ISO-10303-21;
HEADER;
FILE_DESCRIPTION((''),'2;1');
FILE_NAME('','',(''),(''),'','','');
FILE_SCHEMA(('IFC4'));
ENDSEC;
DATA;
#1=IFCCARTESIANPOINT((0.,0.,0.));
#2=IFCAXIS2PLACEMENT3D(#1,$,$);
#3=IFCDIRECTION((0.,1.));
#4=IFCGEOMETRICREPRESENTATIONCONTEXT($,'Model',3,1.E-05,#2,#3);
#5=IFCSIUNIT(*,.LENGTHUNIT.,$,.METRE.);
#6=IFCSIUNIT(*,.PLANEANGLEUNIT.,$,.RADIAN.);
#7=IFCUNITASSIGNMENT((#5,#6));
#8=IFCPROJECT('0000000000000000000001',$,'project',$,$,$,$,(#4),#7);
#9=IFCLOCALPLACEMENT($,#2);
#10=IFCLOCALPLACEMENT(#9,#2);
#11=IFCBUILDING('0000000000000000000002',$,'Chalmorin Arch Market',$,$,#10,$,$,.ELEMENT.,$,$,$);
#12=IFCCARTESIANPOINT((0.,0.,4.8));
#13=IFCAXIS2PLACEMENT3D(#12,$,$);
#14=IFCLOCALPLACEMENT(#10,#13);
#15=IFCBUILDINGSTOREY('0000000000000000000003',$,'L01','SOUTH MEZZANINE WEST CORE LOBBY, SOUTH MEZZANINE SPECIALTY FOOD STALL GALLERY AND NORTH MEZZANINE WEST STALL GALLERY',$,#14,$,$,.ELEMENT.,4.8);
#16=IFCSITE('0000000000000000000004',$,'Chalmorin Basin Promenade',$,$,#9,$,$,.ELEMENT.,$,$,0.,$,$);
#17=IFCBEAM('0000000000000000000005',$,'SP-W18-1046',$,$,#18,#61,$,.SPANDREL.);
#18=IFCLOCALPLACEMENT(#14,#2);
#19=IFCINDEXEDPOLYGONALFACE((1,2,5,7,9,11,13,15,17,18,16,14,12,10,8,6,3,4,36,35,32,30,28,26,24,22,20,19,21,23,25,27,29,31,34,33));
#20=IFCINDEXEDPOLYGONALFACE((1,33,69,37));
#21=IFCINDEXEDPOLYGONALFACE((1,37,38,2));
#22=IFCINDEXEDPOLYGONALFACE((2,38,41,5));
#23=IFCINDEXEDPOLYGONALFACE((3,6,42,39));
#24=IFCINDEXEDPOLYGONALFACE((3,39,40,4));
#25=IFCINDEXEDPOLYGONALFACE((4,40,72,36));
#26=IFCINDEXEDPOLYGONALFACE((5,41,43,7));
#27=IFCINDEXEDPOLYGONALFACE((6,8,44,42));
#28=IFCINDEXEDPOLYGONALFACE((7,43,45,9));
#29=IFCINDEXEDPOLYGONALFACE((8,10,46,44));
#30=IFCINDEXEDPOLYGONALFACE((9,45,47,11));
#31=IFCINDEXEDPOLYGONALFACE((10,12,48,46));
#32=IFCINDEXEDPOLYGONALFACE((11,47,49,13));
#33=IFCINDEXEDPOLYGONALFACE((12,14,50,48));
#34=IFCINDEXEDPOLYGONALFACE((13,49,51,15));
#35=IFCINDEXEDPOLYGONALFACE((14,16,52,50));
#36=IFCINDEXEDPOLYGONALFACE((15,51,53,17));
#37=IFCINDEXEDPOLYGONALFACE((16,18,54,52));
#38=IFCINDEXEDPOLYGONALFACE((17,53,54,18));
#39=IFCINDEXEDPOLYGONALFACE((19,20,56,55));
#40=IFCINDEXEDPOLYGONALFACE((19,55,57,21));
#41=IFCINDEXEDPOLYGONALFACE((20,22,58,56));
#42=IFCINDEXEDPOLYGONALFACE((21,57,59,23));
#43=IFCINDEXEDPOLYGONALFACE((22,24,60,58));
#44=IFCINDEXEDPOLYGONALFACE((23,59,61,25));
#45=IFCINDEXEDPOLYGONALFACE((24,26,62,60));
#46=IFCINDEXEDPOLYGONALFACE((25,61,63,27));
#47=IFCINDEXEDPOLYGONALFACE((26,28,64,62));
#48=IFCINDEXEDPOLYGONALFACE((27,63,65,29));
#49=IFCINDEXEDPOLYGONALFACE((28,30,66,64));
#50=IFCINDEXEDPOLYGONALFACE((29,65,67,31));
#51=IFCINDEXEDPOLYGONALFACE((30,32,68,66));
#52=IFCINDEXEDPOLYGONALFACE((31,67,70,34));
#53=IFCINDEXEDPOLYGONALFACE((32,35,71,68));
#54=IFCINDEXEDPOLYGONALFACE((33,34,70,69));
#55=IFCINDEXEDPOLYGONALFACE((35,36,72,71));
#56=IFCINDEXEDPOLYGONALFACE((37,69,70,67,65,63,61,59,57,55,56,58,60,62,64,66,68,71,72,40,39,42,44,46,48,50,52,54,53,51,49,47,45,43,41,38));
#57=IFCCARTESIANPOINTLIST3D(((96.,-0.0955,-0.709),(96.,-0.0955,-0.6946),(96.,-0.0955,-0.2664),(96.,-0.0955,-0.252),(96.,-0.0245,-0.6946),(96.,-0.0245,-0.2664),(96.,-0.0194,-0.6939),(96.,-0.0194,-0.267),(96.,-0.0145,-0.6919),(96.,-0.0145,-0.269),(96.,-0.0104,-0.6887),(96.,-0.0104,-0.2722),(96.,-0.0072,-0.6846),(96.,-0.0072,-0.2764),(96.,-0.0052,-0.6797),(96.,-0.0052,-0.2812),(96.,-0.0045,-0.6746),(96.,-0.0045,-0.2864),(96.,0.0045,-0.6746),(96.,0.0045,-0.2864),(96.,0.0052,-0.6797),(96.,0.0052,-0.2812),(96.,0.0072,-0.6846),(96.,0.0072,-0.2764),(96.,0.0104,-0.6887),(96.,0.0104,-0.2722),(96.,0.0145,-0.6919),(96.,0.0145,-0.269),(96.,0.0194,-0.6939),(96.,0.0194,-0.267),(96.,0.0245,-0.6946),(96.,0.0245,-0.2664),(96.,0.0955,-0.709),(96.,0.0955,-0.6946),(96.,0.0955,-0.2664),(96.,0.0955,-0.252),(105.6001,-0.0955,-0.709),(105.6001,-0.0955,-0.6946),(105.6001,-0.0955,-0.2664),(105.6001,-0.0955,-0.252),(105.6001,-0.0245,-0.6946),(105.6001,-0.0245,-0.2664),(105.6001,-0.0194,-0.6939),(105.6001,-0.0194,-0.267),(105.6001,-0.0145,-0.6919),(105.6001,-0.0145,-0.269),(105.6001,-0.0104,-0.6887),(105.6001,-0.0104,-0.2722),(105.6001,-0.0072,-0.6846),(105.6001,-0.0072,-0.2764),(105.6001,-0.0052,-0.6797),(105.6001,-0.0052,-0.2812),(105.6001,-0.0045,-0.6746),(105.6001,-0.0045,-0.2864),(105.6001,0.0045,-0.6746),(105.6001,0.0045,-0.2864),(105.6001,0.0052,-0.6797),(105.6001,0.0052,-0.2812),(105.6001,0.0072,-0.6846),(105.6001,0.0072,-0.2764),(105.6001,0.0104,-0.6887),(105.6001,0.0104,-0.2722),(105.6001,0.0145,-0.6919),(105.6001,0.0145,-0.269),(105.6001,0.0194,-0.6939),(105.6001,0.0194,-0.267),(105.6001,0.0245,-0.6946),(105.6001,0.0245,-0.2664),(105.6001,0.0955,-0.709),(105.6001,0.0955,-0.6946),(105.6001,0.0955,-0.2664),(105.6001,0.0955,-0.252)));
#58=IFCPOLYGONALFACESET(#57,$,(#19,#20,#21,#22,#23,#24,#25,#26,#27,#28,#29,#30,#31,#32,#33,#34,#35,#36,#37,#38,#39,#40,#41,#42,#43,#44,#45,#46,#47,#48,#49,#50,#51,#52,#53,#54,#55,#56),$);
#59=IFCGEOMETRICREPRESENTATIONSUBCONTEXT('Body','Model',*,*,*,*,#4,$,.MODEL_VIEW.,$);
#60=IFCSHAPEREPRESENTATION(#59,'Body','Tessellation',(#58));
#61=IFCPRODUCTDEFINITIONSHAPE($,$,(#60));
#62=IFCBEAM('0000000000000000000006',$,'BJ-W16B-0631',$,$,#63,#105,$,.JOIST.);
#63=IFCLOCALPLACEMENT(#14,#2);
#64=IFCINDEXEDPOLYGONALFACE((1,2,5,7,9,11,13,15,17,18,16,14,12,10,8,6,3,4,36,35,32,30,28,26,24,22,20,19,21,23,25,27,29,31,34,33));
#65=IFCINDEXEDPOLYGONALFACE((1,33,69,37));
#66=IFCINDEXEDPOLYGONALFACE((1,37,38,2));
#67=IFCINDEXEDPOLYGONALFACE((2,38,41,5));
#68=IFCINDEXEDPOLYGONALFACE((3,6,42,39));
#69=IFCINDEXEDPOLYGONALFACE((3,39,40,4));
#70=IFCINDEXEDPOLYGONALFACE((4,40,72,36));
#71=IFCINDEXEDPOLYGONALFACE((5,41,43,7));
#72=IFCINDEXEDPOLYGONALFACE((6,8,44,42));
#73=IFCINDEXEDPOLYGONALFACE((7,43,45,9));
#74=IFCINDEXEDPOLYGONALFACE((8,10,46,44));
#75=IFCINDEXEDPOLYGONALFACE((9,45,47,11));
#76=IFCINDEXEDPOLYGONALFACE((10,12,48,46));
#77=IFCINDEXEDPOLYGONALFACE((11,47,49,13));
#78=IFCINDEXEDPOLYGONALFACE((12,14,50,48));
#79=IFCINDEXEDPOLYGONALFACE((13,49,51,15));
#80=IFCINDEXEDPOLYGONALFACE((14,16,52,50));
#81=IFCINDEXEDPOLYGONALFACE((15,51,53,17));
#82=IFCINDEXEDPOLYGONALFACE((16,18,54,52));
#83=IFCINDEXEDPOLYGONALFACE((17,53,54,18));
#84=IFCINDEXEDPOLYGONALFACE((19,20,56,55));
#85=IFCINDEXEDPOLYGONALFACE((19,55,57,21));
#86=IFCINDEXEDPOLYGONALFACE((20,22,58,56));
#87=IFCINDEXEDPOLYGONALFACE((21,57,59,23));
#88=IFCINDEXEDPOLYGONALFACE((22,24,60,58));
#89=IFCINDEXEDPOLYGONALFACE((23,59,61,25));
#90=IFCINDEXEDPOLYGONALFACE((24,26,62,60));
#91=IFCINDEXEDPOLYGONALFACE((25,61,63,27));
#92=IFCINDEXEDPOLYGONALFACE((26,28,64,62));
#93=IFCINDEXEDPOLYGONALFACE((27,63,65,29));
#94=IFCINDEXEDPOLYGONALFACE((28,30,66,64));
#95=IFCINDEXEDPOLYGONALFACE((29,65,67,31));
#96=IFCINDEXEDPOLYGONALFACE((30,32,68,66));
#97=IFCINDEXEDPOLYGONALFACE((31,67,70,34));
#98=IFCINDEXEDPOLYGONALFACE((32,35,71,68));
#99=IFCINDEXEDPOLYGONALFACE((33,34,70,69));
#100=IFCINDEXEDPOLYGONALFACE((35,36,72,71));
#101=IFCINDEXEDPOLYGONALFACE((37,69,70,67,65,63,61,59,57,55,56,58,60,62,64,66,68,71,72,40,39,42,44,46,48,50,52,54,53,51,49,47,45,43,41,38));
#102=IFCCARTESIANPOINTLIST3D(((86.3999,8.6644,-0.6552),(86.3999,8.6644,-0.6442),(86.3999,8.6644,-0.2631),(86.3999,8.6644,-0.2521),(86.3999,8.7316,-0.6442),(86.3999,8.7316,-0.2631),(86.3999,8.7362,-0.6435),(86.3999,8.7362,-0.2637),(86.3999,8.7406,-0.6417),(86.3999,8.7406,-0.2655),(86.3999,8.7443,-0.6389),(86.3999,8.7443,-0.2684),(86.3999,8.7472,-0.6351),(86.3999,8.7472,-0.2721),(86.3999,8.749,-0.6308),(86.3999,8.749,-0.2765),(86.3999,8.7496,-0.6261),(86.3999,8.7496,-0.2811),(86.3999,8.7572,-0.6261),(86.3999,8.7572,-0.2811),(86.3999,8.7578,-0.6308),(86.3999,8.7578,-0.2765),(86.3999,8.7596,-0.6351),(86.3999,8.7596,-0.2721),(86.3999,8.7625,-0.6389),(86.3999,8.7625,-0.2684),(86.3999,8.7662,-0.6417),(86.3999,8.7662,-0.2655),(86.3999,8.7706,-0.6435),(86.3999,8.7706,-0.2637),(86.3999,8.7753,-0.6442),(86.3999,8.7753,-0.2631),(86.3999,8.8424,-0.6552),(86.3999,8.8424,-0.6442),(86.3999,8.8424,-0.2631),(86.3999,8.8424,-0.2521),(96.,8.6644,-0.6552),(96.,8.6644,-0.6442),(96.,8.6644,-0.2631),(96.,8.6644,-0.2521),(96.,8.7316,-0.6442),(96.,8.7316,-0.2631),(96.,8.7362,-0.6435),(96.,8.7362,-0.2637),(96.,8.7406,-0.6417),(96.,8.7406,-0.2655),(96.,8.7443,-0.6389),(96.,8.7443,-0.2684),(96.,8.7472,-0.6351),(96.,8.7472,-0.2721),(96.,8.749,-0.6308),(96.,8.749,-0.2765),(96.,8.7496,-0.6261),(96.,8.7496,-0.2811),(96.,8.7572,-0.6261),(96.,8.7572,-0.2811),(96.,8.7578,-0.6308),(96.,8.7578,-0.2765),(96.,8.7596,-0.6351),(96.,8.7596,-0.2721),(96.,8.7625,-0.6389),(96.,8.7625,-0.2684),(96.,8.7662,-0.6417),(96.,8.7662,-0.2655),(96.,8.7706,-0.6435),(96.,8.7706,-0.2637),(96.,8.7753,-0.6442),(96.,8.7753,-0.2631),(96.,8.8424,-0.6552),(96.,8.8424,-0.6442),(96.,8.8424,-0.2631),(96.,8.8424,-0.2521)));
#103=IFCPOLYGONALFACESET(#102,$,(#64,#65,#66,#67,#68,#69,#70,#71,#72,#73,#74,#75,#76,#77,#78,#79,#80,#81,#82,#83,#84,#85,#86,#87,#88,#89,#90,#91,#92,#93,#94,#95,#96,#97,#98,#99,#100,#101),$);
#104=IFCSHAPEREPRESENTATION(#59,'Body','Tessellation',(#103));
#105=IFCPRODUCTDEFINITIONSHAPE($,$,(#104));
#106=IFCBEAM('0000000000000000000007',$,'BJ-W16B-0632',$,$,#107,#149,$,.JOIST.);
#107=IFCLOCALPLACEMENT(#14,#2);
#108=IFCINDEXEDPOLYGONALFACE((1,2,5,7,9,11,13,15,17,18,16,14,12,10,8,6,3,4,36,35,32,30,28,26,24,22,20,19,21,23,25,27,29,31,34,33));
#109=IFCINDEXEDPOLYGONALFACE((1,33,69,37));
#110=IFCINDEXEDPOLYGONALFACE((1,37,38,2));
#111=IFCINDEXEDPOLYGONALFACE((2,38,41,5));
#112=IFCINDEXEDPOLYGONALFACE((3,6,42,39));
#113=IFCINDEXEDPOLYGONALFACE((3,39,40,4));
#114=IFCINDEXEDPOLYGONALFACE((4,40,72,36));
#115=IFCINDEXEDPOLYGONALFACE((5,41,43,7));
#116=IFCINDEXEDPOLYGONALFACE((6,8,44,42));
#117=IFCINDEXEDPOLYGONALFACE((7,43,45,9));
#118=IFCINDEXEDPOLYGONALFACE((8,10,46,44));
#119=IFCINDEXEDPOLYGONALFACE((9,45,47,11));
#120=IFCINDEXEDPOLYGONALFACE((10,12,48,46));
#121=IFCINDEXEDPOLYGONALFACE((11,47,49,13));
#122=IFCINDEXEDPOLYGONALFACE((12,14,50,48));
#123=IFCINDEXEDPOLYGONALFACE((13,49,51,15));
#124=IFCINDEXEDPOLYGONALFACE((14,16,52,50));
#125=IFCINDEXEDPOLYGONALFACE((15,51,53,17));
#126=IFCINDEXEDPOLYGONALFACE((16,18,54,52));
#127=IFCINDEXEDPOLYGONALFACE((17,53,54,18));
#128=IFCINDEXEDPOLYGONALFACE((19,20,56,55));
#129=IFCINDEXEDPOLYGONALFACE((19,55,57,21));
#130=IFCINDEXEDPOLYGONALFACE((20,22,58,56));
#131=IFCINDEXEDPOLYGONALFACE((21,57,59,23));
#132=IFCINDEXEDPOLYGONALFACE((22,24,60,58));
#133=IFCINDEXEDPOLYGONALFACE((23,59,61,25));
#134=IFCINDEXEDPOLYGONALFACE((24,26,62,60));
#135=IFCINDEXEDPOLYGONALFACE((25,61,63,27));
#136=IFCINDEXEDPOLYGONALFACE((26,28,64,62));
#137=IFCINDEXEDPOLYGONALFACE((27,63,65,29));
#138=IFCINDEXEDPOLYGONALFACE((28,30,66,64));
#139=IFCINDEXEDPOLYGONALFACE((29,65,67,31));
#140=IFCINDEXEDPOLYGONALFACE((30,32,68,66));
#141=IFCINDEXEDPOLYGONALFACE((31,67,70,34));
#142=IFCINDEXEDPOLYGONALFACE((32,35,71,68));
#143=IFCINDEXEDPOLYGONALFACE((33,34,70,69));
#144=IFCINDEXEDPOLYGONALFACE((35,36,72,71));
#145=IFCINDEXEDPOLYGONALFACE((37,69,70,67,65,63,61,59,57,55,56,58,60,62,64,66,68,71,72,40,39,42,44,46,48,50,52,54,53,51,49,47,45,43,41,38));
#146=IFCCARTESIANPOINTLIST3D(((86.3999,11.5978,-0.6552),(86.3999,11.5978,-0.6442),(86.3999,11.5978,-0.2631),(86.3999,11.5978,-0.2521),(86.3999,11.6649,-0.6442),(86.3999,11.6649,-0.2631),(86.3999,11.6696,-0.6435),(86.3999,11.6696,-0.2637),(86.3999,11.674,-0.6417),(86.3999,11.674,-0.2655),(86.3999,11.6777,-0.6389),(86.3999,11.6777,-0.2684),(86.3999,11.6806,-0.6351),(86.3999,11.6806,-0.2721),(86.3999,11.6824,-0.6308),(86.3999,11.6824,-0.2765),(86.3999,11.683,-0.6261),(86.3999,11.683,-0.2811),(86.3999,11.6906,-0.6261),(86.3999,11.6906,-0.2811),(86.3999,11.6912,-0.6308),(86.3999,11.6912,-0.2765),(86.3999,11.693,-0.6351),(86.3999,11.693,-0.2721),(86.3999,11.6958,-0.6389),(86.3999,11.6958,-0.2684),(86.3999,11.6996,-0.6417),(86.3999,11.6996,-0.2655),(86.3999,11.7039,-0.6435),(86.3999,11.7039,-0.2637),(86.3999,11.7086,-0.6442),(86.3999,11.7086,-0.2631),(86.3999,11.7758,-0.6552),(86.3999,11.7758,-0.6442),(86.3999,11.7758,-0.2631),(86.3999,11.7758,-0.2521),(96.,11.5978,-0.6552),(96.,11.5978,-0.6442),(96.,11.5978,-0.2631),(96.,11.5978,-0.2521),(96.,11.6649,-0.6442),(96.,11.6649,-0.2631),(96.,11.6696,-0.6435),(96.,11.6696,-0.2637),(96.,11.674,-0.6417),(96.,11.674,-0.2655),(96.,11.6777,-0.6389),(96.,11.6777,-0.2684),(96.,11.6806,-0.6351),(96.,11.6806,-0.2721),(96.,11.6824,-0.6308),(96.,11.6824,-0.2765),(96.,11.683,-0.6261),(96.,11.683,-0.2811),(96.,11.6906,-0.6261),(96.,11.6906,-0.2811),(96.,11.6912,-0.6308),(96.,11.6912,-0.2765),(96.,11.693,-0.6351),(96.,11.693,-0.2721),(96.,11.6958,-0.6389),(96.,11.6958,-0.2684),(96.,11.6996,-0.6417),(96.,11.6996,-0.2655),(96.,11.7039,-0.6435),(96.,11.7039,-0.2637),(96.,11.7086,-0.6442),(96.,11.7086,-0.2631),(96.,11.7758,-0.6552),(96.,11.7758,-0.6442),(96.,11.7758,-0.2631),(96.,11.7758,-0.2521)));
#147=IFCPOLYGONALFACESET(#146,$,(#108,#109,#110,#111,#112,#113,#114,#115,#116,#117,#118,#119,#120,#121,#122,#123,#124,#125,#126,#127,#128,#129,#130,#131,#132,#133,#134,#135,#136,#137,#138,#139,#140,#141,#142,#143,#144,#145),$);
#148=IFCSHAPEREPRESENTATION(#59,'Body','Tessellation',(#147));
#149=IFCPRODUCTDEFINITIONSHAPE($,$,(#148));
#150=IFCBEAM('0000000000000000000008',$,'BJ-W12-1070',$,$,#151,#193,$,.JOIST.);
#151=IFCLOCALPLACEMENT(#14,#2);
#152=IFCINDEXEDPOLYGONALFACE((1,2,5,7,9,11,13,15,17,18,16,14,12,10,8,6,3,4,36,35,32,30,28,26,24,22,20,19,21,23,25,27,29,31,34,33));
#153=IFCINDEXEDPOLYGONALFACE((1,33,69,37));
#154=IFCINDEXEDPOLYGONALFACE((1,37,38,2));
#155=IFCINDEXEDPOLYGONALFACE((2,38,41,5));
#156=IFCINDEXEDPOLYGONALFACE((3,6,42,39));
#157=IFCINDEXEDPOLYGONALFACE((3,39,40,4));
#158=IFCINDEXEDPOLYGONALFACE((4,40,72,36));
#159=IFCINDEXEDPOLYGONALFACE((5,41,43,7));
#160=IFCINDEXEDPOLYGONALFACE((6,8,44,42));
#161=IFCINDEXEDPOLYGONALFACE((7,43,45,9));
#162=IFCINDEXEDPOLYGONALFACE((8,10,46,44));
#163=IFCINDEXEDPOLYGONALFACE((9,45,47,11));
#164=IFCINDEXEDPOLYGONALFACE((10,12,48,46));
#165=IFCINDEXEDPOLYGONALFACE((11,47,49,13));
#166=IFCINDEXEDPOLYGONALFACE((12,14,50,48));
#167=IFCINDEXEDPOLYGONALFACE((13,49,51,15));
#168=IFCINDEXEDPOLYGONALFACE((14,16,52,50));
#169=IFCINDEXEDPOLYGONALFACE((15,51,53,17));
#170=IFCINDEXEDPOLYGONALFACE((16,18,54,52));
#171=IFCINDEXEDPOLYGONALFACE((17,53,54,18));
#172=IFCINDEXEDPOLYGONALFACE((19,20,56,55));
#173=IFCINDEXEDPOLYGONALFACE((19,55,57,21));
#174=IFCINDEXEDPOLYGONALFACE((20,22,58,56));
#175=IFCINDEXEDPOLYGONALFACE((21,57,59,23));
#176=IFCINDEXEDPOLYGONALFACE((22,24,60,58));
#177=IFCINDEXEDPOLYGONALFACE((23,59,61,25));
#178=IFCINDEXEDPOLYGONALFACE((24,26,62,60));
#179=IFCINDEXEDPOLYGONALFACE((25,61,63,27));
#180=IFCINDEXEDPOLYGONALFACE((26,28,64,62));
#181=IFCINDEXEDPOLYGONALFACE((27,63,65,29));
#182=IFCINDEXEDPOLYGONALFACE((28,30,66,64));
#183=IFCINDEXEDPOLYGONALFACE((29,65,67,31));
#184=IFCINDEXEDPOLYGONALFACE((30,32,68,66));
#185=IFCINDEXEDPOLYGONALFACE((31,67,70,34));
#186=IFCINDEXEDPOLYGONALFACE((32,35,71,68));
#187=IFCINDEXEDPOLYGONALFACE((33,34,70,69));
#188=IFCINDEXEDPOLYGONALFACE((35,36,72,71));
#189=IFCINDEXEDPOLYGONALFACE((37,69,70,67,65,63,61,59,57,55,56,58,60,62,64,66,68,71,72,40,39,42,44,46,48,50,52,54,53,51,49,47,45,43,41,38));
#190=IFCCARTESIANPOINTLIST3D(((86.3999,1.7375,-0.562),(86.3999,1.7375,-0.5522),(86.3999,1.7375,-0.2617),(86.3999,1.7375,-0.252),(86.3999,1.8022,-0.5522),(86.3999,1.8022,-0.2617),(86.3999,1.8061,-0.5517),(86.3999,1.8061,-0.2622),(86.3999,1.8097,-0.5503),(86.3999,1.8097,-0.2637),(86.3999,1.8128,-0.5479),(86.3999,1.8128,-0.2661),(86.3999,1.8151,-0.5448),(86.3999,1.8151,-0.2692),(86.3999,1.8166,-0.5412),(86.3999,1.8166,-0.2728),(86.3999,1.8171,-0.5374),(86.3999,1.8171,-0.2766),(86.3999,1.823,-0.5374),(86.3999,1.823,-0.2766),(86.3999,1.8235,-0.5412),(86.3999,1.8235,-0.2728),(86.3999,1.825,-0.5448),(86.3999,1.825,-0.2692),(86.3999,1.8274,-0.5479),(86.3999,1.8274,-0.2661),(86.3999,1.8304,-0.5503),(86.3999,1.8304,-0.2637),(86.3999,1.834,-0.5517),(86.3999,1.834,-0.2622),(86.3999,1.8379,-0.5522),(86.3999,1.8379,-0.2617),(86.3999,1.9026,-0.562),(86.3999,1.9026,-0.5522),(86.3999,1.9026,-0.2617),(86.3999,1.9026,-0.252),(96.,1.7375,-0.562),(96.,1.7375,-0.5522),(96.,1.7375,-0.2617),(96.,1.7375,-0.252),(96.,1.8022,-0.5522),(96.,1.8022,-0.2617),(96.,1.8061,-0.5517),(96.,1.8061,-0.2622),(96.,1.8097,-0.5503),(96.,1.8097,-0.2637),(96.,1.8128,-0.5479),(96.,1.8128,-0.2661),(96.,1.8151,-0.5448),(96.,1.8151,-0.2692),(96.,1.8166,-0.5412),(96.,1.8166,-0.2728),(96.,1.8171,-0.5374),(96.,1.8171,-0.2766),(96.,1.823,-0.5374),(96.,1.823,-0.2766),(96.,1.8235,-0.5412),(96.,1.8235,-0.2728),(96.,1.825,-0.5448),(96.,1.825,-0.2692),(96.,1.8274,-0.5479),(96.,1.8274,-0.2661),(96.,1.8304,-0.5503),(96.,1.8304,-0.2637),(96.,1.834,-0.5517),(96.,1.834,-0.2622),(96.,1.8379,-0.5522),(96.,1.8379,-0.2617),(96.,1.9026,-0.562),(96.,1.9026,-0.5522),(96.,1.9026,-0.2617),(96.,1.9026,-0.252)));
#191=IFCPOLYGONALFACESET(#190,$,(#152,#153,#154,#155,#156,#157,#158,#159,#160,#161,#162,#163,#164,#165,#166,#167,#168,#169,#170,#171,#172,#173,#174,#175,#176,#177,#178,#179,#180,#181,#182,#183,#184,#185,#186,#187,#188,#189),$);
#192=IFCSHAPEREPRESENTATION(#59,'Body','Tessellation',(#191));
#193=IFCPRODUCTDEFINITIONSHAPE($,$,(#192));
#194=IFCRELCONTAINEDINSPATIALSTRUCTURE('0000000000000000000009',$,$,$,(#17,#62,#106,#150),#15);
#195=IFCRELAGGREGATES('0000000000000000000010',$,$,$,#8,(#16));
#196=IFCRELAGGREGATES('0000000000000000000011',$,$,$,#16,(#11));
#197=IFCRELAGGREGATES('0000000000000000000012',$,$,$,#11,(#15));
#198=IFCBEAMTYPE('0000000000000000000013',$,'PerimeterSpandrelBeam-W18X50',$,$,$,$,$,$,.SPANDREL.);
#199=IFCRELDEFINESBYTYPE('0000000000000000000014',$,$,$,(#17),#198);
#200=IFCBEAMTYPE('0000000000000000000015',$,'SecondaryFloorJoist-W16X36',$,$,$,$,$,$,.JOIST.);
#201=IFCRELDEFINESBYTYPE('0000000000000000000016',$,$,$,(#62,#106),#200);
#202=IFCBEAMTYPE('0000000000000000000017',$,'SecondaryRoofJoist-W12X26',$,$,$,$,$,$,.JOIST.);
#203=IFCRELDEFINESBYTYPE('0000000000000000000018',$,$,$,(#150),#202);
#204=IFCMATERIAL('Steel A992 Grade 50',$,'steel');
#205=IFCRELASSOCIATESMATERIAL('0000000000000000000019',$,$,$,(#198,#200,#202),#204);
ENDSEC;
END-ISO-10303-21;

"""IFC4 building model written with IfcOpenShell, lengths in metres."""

from ifc_helpers import new_model, si_unit, direction, frame, origin, origin_2d, place, context, subcontext, project, spatial, i_section, extrude, material, material_profile, profile_set, type_object, element, save


model = new_model("IFC4")

# Units and contexts
model_context = context("Model", 3, precision=1e-05, world=origin(), true_north=direction((0.0, 1.0)))
body_context = subcontext(model_context, "Body", "Model", "MODEL_VIEW")
ifc_project = project(units=[si_unit("LENGTHUNIT", "METRE"), si_unit("PLANEANGLEUNIT", "RADIAN")], contexts=[model_context])

# Site, building, storey
site_placement = place(None, origin())
site = spatial("IfcSite", under=ifc_project, at=site_placement, Name="Chalmorin Basin Promenade", CompositionType="ELEMENT", RefElevation=0.0)
building_placement = place(site_placement, origin())
building = spatial("IfcBuilding", under=site, at=building_placement, Name="Chalmorin Arch Market", CompositionType="ELEMENT")
storey_placement = place(building_placement, frame((0.0, 0.0, 4.8)))
storey = spatial("IfcBuildingStorey", under=building, at=storey_placement, Name="L01", Description="SOUTH MEZZANINE WEST CORE LOBBY, SOUTH MEZZANINE SPECIALTY FOOD STALL GALLERY AND NORTH MEZZANINE WEST STALL GALLERY", CompositionType="ELEMENT", Elevation=4.8)

# Beams
ifc_material_1 = material(Name="Steel A992 Grade 50", Category="steel")
ifc_material_profile_1 = material_profile(ifc_material_1, i_section(OverallWidth=0.1909, OverallDepth=0.457, WebThickness=0.009, FlangeThickness=0.0144, FilletRadius=0.02, at=origin_2d()), Name="W18X50")
ifc_profile_set_1 = profile_set([ifc_material_profile_1], Name="Steel A992 Grade 50")
beam_type_1 = type_object("IfcBeamType", Name="PerimeterSpandrelBeam-W18X50", PredefinedType="SPANDREL", material=ifc_profile_set_1)
for number, where, z_axis, x_axis, name in (
    (1, (96.0, 0.0, -0.4805), (1.0, 0.0, 0.0), (0.0, 1.0, 0.0), "SP-W18-1046"),
):
    element("IfcBeam", number, at=place(storey_placement, frame(where, z_axis=z_axis, x_axis=x_axis)), inside=storey, type_object=beam_type_1, Name=name, PredefinedType="SPANDREL", context=body_context, shape_type="SweptSolid", body=[
        extrude(i_section(OverallWidth=0.1909, OverallDepth=0.457, WebThickness=0.009, FlangeThickness=0.0144, FilletRadius=0.02, at=origin_2d()), origin(), (0.0, 0.0, 1.0), 9.6001),
    ])
ifc_material_profile_2 = material_profile(ifc_material_1, i_section(OverallWidth=0.178, OverallDepth=0.4031, WebThickness=0.0076, FlangeThickness=0.011, FilletRadius=0.0181, at=origin_2d()), Name="W16X36")
ifc_profile_set_2 = profile_set([ifc_material_profile_2], Name="Steel A992 Grade 50")
beam_type_2 = type_object("IfcBeamType", Name="SecondaryFloorJoist-W16X36", PredefinedType="JOIST", material=ifc_profile_set_2)
for number, where, z_axis, x_axis, name in (
    (2, (86.3999, 8.7534, -0.4536), (1.0, 0.0, 0.0), (0.0, 1.0, 0.0), "BJ-W16B-0631"),
    (3, (86.3999, 11.6868, -0.4536), (1.0, 0.0, 0.0), (0.0, 1.0, 0.0), "BJ-W16B-0632"),
):
    element("IfcBeam", number, at=place(storey_placement, frame(where, z_axis=z_axis, x_axis=x_axis)), inside=storey, type_object=beam_type_2, Name=name, PredefinedType="JOIST", context=body_context, shape_type="SweptSolid", body=[
        extrude(i_section(OverallWidth=0.178, OverallDepth=0.4031, WebThickness=0.0076, FlangeThickness=0.011, FilletRadius=0.0181, at=origin_2d()), origin(), (0.0, 0.0, 1.0), 9.6001),
    ])
ifc_material_profile_3 = material_profile(ifc_material_1, i_section(OverallWidth=0.165, OverallDepth=0.3101, WebThickness=0.0059, FlangeThickness=0.0098, FilletRadius=0.0149, at=origin_2d()), Name="W12X26")
ifc_profile_set_3 = profile_set([ifc_material_profile_3], Name="Steel A992 Grade 50")
beam_type_3 = type_object("IfcBeamType", Name="SecondaryRoofJoist-W12X26", PredefinedType="JOIST", material=ifc_profile_set_3)
for number, where, z_axis, x_axis, name in (
    (4, (86.3999, 1.8201, -0.407), (1.0, 0.0, 0.0), (0.0, 1.0, 0.0), "BJ-W12-1070"),
):
    element("IfcBeam", number, at=place(storey_placement, frame(where, z_axis=z_axis, x_axis=x_axis)), inside=storey, type_object=beam_type_3, Name=name, PredefinedType="JOIST", context=body_context, shape_type="SweptSolid", body=[
        extrude(i_section(OverallWidth=0.165, OverallDepth=0.3101, WebThickness=0.0059, FlangeThickness=0.0098, FilletRadius=0.0149, at=origin_2d()), origin(), (0.0, 0.0, 1.0), 9.6001),
    ])

save(model, "model.ifc")
